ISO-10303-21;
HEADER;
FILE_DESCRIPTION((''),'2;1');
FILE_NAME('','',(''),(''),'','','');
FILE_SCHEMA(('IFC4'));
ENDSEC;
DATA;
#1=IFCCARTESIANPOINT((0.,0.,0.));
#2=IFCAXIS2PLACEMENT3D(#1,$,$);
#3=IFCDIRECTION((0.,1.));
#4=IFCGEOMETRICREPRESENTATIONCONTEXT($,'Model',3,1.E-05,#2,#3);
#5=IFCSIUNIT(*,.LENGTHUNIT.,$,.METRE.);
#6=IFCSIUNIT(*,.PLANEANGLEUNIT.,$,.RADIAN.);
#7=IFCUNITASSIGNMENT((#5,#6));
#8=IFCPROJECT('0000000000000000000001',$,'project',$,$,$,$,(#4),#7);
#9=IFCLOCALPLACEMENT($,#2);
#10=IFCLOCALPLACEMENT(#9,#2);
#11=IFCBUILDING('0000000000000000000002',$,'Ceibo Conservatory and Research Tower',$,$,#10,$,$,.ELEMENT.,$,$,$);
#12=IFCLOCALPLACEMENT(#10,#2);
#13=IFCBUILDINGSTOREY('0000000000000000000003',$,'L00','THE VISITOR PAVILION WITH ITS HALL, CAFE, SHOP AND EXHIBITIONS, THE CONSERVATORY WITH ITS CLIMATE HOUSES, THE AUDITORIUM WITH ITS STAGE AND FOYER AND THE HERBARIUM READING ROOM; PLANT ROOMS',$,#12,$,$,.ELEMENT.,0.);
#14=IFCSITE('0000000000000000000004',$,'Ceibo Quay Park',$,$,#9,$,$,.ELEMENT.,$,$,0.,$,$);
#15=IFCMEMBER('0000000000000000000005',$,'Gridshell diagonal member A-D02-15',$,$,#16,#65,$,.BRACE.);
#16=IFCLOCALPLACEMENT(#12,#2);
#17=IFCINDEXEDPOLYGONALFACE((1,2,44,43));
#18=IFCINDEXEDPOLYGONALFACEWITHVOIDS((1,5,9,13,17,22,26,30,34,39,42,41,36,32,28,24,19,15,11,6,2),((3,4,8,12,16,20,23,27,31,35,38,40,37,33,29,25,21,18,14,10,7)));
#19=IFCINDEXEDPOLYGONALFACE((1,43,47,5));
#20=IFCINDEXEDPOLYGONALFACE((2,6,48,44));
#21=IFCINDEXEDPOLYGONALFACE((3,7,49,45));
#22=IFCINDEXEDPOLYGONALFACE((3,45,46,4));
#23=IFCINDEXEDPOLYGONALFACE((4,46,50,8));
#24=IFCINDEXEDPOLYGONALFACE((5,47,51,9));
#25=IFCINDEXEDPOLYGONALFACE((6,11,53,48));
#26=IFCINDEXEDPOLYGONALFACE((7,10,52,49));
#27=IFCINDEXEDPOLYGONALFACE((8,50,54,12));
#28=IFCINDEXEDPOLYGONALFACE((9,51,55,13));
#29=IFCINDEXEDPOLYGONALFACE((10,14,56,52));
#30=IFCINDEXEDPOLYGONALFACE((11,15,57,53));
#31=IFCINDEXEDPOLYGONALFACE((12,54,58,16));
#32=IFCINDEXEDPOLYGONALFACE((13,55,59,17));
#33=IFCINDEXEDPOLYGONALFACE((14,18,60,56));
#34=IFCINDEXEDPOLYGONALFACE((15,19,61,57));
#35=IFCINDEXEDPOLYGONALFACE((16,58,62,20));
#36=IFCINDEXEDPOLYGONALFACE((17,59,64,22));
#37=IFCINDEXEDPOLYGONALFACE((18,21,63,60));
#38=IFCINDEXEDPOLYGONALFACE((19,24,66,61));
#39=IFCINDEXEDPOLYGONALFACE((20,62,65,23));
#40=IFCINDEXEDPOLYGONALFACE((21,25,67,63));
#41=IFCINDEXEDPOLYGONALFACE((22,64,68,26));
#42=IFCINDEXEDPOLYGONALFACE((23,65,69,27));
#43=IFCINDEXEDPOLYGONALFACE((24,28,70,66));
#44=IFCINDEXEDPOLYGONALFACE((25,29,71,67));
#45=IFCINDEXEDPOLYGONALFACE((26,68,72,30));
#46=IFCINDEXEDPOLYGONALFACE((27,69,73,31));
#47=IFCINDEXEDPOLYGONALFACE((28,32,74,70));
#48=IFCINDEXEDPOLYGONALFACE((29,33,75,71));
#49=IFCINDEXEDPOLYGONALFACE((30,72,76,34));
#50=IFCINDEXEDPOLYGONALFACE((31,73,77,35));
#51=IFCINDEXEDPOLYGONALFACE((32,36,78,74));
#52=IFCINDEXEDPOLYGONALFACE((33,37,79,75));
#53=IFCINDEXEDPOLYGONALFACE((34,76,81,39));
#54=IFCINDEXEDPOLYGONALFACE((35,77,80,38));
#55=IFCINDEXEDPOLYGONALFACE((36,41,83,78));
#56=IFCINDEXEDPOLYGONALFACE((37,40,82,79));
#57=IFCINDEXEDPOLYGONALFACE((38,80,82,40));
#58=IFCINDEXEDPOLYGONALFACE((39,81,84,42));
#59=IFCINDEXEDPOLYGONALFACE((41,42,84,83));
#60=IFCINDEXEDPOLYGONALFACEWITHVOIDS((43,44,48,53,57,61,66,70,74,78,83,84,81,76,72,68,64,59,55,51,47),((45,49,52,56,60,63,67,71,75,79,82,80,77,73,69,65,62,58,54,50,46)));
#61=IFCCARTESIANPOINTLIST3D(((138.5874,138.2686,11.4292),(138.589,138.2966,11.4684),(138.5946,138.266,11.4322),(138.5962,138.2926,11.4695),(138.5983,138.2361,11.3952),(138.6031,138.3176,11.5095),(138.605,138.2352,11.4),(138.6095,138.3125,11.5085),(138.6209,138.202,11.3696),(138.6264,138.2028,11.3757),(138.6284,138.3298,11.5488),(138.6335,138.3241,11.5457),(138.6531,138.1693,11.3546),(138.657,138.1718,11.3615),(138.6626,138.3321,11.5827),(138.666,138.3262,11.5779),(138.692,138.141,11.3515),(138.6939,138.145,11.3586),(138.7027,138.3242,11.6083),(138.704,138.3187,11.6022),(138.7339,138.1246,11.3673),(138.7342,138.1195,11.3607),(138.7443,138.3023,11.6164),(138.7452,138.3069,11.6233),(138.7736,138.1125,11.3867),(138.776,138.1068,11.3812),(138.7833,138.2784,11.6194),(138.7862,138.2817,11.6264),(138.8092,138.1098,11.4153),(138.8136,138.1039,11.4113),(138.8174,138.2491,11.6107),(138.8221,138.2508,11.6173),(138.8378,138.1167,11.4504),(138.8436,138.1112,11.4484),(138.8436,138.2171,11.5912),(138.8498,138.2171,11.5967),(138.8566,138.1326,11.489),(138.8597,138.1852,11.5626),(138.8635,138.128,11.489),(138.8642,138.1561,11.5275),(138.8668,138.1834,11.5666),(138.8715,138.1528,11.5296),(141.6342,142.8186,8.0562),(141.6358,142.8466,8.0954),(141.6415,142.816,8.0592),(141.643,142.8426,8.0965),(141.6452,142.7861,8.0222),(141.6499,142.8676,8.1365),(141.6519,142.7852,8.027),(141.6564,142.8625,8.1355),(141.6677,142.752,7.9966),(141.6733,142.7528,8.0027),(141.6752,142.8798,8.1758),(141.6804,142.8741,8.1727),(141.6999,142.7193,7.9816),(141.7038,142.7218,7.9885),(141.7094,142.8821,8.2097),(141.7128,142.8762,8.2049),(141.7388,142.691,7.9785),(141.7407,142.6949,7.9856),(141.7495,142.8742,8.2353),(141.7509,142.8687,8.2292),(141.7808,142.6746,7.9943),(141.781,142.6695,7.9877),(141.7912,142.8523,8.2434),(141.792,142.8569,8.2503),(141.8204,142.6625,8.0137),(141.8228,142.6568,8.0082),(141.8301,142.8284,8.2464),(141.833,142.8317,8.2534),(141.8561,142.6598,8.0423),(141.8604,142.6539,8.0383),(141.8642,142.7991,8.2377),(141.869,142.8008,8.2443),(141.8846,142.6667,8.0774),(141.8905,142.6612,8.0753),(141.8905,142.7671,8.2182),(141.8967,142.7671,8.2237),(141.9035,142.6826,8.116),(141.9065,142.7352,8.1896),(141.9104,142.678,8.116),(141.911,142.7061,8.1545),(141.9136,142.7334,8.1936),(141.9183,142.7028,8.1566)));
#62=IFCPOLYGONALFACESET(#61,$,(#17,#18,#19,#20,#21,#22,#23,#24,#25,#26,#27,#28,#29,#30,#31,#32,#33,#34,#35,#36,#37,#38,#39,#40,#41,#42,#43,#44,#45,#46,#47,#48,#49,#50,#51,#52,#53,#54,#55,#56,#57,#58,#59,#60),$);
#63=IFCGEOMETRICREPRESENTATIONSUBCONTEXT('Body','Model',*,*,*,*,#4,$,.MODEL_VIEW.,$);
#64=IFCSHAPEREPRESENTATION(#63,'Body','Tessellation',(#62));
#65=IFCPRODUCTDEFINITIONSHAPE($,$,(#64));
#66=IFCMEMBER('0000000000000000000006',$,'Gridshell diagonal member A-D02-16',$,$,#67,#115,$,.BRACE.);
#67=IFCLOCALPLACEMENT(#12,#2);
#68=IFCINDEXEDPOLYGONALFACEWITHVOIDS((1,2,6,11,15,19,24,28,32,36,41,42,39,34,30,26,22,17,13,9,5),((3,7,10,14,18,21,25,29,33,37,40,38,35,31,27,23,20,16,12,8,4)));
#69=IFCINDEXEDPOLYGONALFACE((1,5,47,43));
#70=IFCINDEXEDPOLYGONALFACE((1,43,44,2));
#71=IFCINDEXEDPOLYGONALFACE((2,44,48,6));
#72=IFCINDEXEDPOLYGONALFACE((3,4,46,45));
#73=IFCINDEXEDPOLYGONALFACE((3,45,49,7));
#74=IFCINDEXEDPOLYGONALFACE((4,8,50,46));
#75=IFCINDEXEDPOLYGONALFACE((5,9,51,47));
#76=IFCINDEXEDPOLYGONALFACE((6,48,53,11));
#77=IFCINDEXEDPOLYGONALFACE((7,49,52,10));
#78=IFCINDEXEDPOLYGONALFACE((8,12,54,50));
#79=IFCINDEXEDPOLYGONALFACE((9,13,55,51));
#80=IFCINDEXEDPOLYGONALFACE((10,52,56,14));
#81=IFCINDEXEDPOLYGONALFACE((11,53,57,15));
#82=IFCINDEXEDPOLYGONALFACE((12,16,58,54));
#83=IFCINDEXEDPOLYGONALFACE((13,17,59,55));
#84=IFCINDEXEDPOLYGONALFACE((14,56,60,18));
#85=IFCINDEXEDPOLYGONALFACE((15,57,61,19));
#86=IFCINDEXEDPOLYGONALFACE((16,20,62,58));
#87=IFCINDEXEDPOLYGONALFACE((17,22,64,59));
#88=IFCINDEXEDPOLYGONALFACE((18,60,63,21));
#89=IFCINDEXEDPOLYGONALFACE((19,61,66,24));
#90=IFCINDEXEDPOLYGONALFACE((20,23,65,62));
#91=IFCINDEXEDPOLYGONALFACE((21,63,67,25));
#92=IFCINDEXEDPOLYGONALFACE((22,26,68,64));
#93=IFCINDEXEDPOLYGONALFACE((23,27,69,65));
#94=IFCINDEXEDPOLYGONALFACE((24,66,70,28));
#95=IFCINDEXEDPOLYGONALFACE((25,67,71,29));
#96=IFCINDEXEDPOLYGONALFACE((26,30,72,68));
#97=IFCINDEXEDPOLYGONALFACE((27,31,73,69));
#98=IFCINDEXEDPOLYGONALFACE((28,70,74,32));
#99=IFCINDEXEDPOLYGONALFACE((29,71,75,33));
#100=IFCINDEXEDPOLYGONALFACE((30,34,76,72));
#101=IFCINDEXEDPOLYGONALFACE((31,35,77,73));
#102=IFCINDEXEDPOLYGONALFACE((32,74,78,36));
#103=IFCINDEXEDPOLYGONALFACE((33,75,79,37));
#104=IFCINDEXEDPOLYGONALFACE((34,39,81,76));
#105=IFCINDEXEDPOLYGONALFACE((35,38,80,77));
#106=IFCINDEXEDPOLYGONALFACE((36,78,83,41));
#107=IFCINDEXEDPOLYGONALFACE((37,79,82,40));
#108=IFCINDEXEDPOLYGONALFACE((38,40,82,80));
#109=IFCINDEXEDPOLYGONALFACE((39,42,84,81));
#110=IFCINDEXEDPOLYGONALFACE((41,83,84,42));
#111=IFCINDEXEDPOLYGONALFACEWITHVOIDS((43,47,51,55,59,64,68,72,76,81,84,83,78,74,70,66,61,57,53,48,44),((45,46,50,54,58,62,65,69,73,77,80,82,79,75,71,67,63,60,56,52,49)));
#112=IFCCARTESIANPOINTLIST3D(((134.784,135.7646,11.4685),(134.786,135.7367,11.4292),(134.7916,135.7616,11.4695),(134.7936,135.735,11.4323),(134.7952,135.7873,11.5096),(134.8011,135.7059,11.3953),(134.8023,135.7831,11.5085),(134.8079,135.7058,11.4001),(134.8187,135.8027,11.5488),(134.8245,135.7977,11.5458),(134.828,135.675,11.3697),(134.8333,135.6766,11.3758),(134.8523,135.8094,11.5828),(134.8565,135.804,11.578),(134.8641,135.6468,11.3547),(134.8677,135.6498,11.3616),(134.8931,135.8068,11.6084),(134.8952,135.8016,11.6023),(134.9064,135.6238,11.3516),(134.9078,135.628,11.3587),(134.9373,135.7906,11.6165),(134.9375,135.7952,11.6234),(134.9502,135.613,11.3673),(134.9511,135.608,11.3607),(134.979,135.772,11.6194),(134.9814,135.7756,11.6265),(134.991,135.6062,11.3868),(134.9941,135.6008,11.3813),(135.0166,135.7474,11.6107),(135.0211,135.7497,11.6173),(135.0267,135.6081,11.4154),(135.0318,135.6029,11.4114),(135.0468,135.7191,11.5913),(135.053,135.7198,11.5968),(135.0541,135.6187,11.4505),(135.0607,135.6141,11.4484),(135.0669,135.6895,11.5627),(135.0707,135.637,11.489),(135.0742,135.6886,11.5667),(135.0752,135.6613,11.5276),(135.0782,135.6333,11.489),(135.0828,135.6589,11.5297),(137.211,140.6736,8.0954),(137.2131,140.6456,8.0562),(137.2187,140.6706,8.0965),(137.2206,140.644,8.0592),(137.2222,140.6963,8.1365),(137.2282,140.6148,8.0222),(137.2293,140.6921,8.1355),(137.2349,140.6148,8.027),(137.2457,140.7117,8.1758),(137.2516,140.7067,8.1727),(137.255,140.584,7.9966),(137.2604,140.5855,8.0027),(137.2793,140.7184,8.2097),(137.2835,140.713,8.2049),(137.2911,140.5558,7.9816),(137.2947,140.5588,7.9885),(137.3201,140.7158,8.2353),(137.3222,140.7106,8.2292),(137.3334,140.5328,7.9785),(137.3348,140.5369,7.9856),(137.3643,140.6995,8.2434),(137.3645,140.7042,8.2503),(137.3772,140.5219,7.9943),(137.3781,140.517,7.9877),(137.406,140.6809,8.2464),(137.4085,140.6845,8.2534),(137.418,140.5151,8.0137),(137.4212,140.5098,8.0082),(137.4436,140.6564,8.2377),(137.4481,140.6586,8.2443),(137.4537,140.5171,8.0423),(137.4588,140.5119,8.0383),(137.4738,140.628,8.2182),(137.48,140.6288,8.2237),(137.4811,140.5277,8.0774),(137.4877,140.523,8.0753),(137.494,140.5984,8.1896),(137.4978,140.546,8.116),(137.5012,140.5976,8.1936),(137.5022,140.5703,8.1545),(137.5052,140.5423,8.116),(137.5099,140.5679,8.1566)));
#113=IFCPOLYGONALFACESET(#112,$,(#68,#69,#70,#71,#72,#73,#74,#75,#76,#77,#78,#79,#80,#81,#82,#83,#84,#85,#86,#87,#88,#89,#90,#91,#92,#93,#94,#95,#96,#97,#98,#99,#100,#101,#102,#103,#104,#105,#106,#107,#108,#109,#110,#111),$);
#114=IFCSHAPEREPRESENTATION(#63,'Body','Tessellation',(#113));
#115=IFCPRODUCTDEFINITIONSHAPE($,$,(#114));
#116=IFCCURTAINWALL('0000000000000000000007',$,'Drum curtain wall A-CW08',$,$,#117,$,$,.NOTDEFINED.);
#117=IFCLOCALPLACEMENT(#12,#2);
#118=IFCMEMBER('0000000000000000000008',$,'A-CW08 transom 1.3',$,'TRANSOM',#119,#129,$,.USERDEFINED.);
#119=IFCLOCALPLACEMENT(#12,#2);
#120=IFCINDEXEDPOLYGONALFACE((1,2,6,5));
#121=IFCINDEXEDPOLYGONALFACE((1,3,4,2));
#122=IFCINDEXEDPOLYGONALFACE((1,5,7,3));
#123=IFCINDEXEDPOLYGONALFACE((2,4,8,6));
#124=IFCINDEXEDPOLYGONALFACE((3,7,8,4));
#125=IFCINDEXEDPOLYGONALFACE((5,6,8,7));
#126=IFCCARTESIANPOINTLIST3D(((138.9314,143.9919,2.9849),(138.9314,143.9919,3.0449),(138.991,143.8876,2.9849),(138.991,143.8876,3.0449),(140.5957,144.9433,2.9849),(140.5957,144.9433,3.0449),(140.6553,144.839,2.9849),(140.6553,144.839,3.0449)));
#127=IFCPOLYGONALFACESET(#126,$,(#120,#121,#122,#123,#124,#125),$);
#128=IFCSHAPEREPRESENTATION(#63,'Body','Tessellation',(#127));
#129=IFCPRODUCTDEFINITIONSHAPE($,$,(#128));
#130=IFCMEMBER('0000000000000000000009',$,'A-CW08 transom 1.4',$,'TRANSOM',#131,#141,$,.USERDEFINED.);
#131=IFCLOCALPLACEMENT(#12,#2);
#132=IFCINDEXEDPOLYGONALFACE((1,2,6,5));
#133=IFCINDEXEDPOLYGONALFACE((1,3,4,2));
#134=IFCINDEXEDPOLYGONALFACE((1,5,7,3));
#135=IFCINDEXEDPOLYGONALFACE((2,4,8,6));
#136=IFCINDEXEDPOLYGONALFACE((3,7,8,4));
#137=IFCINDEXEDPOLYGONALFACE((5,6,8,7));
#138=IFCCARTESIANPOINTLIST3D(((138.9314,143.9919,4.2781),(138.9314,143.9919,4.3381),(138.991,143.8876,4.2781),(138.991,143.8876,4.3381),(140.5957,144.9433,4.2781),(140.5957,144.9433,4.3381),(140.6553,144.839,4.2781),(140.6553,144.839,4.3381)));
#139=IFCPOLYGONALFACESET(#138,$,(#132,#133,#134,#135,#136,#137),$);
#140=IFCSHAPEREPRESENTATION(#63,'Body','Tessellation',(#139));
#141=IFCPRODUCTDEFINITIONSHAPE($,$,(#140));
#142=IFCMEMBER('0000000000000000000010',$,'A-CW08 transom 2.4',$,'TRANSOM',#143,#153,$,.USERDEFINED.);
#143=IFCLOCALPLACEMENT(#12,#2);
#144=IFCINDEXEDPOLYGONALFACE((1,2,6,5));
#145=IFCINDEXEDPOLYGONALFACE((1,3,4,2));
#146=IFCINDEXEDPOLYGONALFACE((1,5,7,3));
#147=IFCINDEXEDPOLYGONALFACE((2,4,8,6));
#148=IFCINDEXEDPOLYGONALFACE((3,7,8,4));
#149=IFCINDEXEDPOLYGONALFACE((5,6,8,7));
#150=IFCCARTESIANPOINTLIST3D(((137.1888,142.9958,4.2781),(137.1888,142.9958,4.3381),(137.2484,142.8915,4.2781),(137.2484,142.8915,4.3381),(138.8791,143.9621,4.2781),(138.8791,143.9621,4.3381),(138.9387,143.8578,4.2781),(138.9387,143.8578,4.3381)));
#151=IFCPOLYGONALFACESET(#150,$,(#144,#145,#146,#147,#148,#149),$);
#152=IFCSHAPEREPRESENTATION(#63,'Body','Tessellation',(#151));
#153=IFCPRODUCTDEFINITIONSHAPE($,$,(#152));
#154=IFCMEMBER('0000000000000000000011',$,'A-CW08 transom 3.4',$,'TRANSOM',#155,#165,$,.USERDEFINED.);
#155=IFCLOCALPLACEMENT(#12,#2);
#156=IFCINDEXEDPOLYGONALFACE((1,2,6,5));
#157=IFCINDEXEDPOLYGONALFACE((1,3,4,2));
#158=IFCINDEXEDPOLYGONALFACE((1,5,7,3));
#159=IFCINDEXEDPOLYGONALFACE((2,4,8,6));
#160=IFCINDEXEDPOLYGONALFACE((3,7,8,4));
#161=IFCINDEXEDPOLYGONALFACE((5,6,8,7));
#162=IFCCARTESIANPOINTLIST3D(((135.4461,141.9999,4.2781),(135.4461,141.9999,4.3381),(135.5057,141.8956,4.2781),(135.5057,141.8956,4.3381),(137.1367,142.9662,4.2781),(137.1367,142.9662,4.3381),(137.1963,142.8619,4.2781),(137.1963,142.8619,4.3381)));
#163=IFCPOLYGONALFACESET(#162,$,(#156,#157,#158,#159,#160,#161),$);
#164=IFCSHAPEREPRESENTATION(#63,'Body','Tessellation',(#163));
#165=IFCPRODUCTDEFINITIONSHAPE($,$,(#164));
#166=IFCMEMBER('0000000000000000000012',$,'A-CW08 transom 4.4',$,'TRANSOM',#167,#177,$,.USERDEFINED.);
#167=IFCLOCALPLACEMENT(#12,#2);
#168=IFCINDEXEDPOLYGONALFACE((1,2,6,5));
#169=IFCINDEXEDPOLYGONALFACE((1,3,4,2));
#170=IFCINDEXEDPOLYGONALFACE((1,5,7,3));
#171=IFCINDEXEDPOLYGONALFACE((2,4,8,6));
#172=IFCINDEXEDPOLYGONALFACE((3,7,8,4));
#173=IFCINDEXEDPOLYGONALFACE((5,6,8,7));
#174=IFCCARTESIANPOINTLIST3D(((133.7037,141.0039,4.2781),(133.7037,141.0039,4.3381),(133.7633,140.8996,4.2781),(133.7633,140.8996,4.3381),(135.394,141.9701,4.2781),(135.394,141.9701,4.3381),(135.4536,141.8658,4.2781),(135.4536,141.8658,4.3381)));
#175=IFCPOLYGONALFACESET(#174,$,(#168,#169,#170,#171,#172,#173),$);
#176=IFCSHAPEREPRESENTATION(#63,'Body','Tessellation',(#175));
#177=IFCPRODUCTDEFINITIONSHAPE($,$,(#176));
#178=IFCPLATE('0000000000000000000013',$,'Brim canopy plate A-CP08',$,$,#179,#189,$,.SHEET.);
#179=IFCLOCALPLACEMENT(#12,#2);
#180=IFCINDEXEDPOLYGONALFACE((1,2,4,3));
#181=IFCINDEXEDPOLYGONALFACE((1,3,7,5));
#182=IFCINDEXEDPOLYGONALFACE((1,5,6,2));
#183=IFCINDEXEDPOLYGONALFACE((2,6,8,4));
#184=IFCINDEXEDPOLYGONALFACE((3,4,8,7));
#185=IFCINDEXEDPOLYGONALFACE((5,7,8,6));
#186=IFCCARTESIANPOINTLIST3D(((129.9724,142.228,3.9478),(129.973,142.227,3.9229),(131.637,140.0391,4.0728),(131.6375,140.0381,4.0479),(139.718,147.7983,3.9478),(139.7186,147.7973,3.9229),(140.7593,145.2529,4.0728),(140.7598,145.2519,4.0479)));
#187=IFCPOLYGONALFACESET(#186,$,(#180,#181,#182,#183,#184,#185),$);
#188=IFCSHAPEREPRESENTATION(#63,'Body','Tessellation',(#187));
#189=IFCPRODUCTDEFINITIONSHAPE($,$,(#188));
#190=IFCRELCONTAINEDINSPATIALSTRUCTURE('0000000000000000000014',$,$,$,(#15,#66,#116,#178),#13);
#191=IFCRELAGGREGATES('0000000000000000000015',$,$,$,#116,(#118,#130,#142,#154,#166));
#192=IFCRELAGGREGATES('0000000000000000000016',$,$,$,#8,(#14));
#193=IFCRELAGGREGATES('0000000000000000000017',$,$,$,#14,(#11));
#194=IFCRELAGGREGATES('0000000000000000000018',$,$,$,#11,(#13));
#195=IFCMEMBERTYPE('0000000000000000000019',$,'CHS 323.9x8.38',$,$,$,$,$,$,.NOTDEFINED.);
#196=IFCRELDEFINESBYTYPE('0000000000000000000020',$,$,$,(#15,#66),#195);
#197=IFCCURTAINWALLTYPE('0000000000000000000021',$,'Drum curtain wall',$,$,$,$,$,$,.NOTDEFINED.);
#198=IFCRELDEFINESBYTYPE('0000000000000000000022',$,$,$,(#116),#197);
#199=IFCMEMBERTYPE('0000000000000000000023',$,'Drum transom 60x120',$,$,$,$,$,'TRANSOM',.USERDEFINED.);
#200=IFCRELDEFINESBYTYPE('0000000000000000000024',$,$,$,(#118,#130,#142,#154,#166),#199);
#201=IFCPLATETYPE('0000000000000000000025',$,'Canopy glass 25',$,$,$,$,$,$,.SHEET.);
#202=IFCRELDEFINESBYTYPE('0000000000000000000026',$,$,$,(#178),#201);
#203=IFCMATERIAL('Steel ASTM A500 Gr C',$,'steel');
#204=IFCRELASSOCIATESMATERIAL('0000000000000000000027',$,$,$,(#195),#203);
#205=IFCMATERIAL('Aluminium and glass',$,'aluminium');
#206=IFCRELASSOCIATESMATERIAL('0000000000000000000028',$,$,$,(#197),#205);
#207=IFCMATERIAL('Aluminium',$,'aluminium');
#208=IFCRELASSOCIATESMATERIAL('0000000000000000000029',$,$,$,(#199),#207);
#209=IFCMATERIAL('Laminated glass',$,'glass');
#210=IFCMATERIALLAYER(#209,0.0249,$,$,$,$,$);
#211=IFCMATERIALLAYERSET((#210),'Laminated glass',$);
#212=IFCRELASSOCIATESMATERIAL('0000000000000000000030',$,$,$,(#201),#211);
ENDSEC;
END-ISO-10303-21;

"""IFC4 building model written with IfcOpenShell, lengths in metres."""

from ifc_helpers import new_model, si_unit, direction, frame, origin, origin_2d, place, context, subcontext, project, spatial, polyline, rectangle, hollow_circle, outline, extrude, material, layer, layer_set, material_profile, profile_set, type_object, element, aggregate, save


model = new_model("IFC4")

# Units and contexts
model_context = context("Model", 3, precision=1e-05, world=origin(), true_north=direction((0.0, 1.0)))
body_context = subcontext(model_context, "Body", "Model", "MODEL_VIEW")
ifc_project = project(units=[si_unit("LENGTHUNIT", "METRE"), si_unit("PLANEANGLEUNIT", "RADIAN")], contexts=[model_context])

# Site, building, storey
site_placement = place(None, origin())
site = spatial("IfcSite", under=ifc_project, at=site_placement, Name="Ceibo Quay Park", CompositionType="ELEMENT", RefElevation=0.0)
building_placement = place(site_placement, origin())
building = spatial("IfcBuilding", under=site, at=building_placement, Name="Ceibo Conservatory and Research Tower", CompositionType="ELEMENT")
storey_placement = place(building_placement, origin())
storey = spatial("IfcBuildingStorey", under=building, at=storey_placement, Name="L00", Description="THE VISITOR PAVILION WITH ITS HALL, CAFE, SHOP AND EXHIBITIONS, THE CONSERVATORY WITH ITS CLIMATE HOUSES, THE AUDITORIUM WITH ITS STAGE AND FOYER AND THE HERBARIUM READING ROOM; PLANT ROOMS", CompositionType="ELEMENT", Elevation=0.0)

# Members
ifc_material_1 = material(Name="Steel ASTM A500 Gr C", Category="steel")
ifc_material_profile_1 = material_profile(ifc_material_1, hollow_circle(Radius=0.1619, WallThickness=0.0083, at=origin_2d()), Name="CHS 323.9x8.38")
ifc_profile_set_1 = profile_set([ifc_material_profile_1], Name="Steel ASTM A500 Gr C")
member_type_1 = type_object("IfcMemberType", Name="CHS 323.9x8.38", PredefinedType="NOTDEFINED", material=ifc_profile_set_1)
member_1_placement = place(storey_placement, frame((141.7759, 142.7681, 8.116), z_axis=(-0.473745, -0.707466, 0.52446), x_axis=(0.83091, -0.556407, 0.0)))
element("IfcMember", 1, at=member_1_placement, inside=storey, type_object=member_type_1, Name="Gridshell diagonal member A-D02-15", PredefinedType="BRACE", context=body_context, shape_type="SweptSolid", body=[
    extrude(hollow_circle(Radius=0.1619, WallThickness=0.0083, at=origin_2d()), origin(), (0.0, 0.0, 1.0), 6.4314),
])
member_2_placement = place(storey_placement, frame((137.3601, 140.614, 8.116), z_axis=(-0.377356, -0.763253, 0.524449), x_axis=(0.896424, -0.443197, 0.0)))
element("IfcMember", 2, at=member_2_placement, inside=storey, type_object=member_type_1, Name="Gridshell diagonal member A-D02-16", PredefinedType="BRACE", context=body_context, shape_type="SweptSolid", body=[
    extrude(hollow_circle(Radius=0.1619, WallThickness=0.0083, at=origin_2d()), origin(), (0.0, 0.0, 1.0), 6.4316),
])

# Curtain wall, members
ifc_material_2 = material(Name="Aluminium and glass", Category="aluminium")
curtain_wall_type = type_object("IfcCurtainWallType", Name="Drum curtain wall", PredefinedType="NOTDEFINED", material=ifc_material_2)
curtain_wall_1_placement = place(storey_placement, origin())
curtain_wall_1 = element("IfcCurtainWall", 3, at=curtain_wall_1_placement, inside=storey, type_object=curtain_wall_type, Name="Drum curtain wall A-CW08", PredefinedType="NOTDEFINED")
ifc_material_3 = material(Name="Aluminium", Category="aluminium")
ifc_material_profile_2 = material_profile(ifc_material_3, rectangle(XDim=0.1201, YDim=0.0601, at=origin_2d()), Name="AL 60x120")
ifc_profile_set_2 = profile_set([ifc_material_profile_2], Name="Aluminium")
member_type_2 = type_object("IfcMemberType", Name="Drum transom 60x120", ElementType="TRANSOM", PredefinedType="USERDEFINED", material=ifc_profile_set_2)
member_3_placement = place(storey_placement, frame((140.6255, 144.8911, 3.0149), z_axis=(-0.868157, -0.49629, 0.0), x_axis=(0.49629, -0.868157, 0.0)))
member_3 = element("IfcMember", 4, at=member_3_placement, type_object=member_type_2, Name="A-CW08 transom 1.3", ObjectType="TRANSOM", PredefinedType="USERDEFINED", context=body_context, shape_type="SweptSolid", body=[
    extrude(rectangle(XDim=0.1201, YDim=0.0601, at=origin_2d()), origin(), (0.0, 0.0, 1.0), 1.917),
])
member_4_placement = place(storey_placement, frame((140.6255, 144.8911, 4.3081), z_axis=(-0.868157, -0.49629, 0.0), x_axis=(0.49629, -0.868157, 0.0)))
member_4 = element("IfcMember", 5, at=member_4_placement, type_object=member_type_2, Name="A-CW08 transom 1.4", ObjectType="TRANSOM", PredefinedType="USERDEFINED", context=body_context, shape_type="SweptSolid", body=[
    extrude(rectangle(XDim=0.1201, YDim=0.0601, at=origin_2d()), origin(), (0.0, 0.0, 1.0), 1.917),
])
member_5_placement = place(storey_placement, frame((138.9089, 143.9099, 4.3081), z_axis=(-0.868166, -0.496274, 0.0), x_axis=(0.496274, -0.868166, 0.0)))
member_5 = element("IfcMember", 6, at=member_5_placement, type_object=member_type_2, Name="A-CW08 transom 2.4", ObjectType="TRANSOM", PredefinedType="USERDEFINED", context=body_context, shape_type="SweptSolid", body=[
    extrude(rectangle(XDim=0.1201, YDim=0.0601, at=origin_2d()), origin(), (0.0, 0.0, 1.0), 1.947),
])
member_6_placement = place(storey_placement, frame((137.1665, 142.9141, 4.3081), z_axis=(-0.868197, -0.49622, 0.0), x_axis=(0.49622, -0.868197, 0.0)))
member_6 = element("IfcMember", 7, at=member_6_placement, type_object=member_type_2, Name="A-CW08 transom 3.4", ObjectType="TRANSOM", PredefinedType="USERDEFINED", context=body_context, shape_type="SweptSolid", body=[
    extrude(rectangle(XDim=0.1201, YDim=0.0601, at=origin_2d()), origin(), (0.0, 0.0, 1.0), 1.9473),
])
member_7_placement = place(storey_placement, frame((135.4238, 141.918, 4.3081), z_axis=(-0.868166, -0.496274, 0.0), x_axis=(0.496274, -0.868166, 0.0)))
member_7 = element("IfcMember", 8, at=member_7_placement, type_object=member_type_2, Name="A-CW08 transom 4.4", ObjectType="TRANSOM", PredefinedType="USERDEFINED", context=body_context, shape_type="SweptSolid", body=[
    extrude(rectangle(XDim=0.1201, YDim=0.0601, at=origin_2d()), origin(), (0.0, 0.0, 1.0), 1.947),
])

# Plate
ifc_material_4 = material(Name="Laminated glass", Category="glass")
ifc_layer_1 = layer(ifc_material_4, 0.0249)
ifc_layer_set_1 = layer_set([ifc_layer_1], Name="Laminated glass")
plate_type_1 = type_object("IfcPlateType", Name="Canopy glass 25", PredefinedType="SHEET", material=ifc_layer_set_1)
plate_1_placement = place(storey_placement, frame((140.7593, 145.2529, 4.0728), z_axis=(0.022726, -0.039761, -0.998951), x_axis=(-0.868197, -0.496219, 0.0)))
element("IfcPlate", 9, at=plate_1_placement, inside=storey, type_object=plate_type_1, Name="Brim canopy plate A-CP08", PredefinedType="SHEET", context=body_context, shape_type="SweptSolid", body=[
    extrude(outline(polyline([(0.0, 0.0), (10.5072, 0.0), (10.8661, 2.7293), (-0.3591, 2.7295), (0.0, 0.0)])), origin(), (0.0, 0.0, 1.0), 0.0249),
])

aggregate(curtain_wall_1, [member_3, member_4, member_5, member_6, member_7])

save(model, "model.ifc")
